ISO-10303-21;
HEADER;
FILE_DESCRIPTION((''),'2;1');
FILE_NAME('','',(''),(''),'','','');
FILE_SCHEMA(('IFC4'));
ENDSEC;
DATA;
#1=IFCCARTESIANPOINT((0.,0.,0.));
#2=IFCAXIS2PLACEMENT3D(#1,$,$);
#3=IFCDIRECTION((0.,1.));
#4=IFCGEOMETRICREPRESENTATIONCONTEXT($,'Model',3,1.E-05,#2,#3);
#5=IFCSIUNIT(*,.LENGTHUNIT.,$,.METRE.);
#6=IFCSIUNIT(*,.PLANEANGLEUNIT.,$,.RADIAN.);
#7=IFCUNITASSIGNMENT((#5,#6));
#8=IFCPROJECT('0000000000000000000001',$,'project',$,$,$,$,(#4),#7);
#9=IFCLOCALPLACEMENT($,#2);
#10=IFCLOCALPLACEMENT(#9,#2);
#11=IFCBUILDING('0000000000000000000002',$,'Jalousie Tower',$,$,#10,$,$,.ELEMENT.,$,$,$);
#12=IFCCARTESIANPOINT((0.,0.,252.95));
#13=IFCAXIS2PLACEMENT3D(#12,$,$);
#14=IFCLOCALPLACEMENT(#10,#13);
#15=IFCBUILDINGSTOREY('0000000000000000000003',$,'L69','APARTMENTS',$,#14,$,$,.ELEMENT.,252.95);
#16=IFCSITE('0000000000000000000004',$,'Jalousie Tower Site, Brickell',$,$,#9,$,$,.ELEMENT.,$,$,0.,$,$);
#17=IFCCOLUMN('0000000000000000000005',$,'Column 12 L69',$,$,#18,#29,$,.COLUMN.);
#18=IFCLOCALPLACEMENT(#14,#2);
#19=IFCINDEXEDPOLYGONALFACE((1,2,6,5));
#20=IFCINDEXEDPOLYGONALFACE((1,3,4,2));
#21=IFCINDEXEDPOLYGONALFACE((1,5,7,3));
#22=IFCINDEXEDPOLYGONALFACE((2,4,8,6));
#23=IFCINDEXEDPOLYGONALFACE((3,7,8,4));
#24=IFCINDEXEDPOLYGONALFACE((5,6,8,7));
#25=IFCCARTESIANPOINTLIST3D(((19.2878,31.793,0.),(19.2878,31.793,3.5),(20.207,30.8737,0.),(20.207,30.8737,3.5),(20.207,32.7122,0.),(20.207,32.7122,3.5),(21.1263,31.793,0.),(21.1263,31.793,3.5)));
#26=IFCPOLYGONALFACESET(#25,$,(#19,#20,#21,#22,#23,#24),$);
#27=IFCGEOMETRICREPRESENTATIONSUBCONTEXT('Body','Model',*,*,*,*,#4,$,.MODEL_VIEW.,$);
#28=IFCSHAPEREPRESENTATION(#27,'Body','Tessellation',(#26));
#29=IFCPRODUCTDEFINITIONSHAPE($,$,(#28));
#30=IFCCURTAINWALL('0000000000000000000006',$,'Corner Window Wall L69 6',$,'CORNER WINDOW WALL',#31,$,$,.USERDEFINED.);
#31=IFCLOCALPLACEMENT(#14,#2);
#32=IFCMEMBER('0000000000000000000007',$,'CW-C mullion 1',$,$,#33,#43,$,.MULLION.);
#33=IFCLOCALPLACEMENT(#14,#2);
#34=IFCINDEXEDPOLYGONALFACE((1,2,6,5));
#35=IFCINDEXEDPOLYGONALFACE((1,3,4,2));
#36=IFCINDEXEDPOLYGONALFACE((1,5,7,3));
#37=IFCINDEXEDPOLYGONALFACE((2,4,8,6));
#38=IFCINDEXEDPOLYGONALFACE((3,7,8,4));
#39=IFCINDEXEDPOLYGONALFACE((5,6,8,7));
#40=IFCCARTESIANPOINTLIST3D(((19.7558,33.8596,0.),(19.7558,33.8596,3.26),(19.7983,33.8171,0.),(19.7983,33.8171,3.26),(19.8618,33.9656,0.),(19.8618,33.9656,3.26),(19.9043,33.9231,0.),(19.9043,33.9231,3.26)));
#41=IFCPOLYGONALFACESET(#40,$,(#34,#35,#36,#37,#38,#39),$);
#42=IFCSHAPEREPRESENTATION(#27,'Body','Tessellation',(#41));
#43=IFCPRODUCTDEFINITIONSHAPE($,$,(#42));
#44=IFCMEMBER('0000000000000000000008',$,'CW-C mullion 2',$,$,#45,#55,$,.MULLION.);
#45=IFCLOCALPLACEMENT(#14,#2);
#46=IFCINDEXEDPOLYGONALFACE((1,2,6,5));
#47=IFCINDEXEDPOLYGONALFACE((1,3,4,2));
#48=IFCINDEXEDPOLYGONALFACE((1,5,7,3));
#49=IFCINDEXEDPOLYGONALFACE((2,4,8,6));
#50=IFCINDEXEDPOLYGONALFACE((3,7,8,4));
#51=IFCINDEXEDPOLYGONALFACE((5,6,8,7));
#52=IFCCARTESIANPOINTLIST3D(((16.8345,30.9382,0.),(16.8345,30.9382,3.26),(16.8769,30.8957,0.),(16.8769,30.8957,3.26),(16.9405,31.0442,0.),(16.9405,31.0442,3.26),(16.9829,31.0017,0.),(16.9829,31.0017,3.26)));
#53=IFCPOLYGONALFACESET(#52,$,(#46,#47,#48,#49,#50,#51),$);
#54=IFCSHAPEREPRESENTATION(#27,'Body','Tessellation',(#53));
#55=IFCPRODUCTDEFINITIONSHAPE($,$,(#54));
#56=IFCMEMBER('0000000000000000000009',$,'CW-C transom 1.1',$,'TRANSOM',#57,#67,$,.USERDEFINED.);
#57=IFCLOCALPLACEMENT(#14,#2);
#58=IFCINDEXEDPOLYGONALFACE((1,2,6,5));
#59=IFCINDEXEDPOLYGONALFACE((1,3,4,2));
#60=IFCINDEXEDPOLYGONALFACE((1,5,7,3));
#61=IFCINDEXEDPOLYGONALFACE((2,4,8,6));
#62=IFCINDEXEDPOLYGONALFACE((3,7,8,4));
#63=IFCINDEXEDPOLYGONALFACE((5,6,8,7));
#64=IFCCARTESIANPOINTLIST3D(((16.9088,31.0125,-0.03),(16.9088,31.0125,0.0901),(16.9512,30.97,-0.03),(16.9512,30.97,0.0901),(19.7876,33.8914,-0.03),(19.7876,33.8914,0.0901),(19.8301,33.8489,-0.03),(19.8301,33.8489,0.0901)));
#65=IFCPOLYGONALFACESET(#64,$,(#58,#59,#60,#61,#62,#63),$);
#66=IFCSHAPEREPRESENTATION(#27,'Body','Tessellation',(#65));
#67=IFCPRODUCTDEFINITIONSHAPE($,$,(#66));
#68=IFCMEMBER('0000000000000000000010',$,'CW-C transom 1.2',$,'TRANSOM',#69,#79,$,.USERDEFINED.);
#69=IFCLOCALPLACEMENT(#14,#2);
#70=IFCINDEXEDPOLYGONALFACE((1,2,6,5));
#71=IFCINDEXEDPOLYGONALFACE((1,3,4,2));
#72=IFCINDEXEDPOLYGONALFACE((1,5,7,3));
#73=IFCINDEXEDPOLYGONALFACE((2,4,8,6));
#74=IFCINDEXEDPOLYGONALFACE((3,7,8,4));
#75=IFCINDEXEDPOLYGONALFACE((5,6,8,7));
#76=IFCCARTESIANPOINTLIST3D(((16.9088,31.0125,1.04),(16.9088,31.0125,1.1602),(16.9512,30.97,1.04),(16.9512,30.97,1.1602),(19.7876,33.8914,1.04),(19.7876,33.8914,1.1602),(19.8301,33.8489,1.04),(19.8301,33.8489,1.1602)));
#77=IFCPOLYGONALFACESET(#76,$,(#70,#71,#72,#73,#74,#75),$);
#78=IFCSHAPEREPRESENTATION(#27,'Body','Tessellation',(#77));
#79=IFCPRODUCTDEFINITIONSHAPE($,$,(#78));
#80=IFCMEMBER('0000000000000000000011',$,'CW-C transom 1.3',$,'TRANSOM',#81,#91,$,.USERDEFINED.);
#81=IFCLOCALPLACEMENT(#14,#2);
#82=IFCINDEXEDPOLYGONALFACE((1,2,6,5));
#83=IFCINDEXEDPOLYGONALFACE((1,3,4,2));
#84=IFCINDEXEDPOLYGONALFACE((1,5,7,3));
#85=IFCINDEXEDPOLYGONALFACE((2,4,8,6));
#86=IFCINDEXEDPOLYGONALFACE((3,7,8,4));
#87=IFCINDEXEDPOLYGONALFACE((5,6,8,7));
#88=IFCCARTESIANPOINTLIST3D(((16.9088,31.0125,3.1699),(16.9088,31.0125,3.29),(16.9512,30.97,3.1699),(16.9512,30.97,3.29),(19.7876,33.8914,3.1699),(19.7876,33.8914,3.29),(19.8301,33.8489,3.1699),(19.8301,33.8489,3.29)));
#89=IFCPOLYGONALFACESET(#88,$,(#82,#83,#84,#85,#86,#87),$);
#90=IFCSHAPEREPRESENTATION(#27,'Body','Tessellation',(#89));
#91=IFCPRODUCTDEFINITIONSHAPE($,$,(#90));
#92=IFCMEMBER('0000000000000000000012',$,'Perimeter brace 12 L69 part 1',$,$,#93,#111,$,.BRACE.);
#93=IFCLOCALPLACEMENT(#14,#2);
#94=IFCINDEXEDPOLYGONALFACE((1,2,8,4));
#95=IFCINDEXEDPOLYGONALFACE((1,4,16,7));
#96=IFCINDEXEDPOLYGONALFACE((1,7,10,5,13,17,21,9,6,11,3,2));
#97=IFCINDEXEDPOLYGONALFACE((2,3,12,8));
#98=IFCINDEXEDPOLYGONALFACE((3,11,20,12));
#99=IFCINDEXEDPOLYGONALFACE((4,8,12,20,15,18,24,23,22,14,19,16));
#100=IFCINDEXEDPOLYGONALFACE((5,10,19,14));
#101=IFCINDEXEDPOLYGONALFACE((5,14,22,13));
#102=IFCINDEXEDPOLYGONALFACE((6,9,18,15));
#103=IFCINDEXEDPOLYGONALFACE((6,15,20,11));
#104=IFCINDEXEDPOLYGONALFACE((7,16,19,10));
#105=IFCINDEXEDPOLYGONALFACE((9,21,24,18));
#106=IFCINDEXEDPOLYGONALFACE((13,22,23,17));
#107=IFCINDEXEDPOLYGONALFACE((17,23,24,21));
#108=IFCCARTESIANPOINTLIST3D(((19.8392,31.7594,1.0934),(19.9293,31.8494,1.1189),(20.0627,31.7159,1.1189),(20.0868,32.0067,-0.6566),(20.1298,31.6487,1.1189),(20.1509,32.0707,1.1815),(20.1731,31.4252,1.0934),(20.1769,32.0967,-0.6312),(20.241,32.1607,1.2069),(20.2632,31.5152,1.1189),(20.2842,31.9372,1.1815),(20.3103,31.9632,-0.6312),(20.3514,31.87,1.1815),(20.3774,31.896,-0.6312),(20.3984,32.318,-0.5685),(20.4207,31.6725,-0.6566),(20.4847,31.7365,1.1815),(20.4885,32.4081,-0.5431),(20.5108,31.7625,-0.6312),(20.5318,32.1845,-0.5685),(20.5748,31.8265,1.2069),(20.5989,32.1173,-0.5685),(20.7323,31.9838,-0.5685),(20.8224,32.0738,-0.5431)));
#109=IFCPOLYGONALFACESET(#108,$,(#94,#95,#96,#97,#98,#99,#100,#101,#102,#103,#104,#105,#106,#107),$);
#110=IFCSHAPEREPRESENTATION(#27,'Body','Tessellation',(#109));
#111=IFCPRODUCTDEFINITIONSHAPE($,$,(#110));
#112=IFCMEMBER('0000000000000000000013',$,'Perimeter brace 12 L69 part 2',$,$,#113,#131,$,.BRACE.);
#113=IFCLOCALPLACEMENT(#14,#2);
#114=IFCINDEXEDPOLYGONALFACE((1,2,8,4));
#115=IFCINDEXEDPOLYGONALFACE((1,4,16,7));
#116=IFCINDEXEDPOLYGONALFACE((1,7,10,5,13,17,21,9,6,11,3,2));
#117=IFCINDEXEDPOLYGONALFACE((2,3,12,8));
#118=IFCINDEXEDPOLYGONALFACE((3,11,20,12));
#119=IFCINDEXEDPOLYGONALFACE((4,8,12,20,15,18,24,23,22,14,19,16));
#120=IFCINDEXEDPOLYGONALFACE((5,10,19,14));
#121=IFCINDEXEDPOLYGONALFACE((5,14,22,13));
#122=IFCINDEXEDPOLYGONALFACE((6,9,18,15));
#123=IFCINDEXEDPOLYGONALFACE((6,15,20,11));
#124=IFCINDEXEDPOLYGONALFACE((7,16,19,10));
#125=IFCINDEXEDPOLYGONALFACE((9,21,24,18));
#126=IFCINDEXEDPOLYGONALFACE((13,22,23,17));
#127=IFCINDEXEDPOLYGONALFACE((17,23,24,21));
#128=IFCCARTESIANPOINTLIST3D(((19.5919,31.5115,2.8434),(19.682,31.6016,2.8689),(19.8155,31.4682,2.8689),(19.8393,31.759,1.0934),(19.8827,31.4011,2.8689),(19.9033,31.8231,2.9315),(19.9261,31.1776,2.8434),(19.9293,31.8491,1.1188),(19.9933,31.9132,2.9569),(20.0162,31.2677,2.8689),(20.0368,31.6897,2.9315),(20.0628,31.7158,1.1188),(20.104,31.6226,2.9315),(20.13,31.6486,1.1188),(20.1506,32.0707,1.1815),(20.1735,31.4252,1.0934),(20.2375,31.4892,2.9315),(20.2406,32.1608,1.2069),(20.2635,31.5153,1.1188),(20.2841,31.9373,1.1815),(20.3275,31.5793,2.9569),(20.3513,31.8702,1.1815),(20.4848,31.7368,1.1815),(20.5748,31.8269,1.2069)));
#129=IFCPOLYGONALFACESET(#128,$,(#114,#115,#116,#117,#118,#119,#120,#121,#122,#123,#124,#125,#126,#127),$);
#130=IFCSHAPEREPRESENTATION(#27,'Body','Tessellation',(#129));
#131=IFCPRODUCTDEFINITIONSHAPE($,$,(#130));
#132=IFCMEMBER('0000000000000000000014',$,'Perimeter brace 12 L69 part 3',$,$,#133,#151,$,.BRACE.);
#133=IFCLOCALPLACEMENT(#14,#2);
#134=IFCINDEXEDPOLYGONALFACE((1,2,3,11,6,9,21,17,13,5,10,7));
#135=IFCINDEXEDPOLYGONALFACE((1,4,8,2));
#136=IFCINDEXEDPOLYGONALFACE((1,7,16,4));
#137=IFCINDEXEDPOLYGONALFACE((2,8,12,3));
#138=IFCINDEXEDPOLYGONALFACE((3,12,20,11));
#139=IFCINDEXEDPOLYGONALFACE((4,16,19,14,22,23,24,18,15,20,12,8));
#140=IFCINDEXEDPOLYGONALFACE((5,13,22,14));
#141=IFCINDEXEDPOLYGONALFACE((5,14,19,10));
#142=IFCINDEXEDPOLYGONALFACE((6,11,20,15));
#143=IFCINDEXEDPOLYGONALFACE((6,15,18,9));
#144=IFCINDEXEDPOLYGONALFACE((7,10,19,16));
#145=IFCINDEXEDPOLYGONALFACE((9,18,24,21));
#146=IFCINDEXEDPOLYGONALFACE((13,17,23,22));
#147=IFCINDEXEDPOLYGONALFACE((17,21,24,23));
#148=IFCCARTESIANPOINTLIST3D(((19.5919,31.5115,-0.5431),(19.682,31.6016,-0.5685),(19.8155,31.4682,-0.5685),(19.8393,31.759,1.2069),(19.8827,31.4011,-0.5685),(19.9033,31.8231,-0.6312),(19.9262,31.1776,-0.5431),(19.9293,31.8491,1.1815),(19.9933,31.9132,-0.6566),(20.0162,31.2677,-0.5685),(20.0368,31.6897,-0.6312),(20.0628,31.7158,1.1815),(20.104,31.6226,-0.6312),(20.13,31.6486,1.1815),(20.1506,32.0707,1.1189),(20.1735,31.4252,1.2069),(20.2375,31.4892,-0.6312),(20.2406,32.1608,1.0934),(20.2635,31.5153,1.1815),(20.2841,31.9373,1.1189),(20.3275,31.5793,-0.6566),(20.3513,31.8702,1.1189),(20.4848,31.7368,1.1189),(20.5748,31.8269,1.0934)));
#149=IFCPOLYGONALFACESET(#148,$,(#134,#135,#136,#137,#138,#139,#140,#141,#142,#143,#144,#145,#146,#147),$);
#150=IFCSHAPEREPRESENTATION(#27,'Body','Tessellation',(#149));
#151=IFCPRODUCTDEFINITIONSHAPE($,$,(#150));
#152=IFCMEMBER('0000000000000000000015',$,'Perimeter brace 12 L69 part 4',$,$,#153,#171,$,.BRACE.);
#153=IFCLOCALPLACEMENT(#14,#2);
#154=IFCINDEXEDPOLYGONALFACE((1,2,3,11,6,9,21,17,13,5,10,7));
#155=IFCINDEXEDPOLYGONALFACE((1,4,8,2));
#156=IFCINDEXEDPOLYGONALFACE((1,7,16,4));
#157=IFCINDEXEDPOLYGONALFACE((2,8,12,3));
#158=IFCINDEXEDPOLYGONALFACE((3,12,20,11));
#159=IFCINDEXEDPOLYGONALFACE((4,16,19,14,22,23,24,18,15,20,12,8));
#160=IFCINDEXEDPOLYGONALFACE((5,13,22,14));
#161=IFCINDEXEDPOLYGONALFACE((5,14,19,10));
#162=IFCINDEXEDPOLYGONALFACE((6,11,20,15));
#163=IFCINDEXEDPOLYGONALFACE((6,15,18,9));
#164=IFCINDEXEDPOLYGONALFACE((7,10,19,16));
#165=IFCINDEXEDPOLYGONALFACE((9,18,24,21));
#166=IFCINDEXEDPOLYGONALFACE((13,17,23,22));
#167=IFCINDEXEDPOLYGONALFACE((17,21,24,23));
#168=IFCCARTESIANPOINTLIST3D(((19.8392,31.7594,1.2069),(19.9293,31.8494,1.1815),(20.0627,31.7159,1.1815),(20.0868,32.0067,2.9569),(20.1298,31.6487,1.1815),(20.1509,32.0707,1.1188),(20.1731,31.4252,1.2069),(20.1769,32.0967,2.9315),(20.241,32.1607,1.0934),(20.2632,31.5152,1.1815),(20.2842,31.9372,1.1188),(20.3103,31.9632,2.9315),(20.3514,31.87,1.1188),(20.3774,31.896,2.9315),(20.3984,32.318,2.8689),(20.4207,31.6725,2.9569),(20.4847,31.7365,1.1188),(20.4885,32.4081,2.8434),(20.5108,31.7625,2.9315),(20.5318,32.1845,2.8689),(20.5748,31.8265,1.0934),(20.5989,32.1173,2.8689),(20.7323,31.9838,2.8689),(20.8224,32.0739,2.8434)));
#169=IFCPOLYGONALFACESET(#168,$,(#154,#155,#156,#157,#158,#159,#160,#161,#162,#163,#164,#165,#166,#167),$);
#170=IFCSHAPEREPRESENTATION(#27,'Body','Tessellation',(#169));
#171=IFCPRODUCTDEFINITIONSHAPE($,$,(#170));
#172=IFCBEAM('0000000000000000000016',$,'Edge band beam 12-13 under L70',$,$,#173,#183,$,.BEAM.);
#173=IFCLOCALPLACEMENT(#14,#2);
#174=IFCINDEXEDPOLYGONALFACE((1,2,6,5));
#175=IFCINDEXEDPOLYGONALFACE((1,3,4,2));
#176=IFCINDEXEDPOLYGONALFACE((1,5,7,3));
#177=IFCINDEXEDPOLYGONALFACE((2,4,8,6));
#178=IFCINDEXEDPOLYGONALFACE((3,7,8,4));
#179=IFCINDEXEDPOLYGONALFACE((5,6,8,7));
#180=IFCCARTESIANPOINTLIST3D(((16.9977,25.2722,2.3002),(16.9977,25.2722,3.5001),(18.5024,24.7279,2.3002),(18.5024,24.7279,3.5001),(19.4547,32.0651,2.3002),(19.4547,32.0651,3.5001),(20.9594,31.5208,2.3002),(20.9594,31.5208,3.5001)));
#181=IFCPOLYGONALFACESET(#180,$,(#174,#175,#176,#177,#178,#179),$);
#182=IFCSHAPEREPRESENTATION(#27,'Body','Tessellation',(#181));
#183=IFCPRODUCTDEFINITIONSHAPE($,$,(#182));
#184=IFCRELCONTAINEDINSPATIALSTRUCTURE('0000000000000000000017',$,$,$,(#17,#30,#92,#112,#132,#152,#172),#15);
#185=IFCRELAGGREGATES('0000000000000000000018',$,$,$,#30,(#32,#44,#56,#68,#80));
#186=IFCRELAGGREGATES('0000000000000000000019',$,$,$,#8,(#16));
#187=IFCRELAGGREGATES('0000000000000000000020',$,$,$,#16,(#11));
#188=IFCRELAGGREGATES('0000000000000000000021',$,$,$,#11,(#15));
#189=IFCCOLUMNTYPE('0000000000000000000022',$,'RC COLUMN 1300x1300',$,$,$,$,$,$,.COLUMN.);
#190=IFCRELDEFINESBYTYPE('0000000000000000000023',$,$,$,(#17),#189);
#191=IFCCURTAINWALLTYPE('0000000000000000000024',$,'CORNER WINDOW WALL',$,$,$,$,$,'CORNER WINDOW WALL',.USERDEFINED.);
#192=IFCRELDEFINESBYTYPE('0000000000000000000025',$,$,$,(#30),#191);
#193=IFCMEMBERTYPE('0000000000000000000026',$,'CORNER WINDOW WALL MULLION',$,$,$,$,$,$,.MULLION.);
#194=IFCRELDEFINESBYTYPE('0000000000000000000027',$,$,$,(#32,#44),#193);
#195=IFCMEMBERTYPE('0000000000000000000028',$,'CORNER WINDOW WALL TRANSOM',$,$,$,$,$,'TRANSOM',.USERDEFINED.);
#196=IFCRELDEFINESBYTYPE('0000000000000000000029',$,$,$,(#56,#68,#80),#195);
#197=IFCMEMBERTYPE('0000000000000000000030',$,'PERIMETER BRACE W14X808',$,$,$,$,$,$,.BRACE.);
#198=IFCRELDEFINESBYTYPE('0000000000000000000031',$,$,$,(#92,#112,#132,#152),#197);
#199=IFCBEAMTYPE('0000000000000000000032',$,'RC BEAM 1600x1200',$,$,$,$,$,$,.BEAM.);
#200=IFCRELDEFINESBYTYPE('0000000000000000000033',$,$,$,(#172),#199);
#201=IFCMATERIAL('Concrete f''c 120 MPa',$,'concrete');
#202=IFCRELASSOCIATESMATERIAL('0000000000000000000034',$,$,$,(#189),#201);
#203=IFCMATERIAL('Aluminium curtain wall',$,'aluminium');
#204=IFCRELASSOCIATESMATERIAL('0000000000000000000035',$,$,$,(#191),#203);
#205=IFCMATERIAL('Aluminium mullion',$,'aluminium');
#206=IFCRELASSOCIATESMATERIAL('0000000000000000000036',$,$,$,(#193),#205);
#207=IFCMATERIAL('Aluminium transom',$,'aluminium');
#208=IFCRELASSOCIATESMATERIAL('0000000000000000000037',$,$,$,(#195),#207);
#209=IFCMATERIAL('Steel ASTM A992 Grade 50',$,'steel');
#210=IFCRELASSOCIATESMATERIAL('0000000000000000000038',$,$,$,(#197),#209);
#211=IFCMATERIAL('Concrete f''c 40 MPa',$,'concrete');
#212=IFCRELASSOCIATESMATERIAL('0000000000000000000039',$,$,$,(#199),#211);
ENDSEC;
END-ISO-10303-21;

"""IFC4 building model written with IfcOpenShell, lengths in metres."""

from ifc_helpers import new_model, si_unit, direction, frame, origin, origin_2d, place, context, subcontext, project, spatial, rectangle, i_section, extrude, material, material_profile, profile_set, type_object, element, aggregate, save


model = new_model("IFC4")

# Units and contexts
model_context = context("Model", 3, precision=1e-05, world=origin(), true_north=direction((0.0, 1.0)))
body_context = subcontext(model_context, "Body", "Model", "MODEL_VIEW")
ifc_project = project(units=[si_unit("LENGTHUNIT", "METRE"), si_unit("PLANEANGLEUNIT", "RADIAN")], contexts=[model_context])

# Site, building, storey
site_placement = place(None, origin())
site = spatial("IfcSite", under=ifc_project, at=site_placement, Name="Jalousie Tower Site, Brickell", CompositionType="ELEMENT", RefElevation=0.0)
building_placement = place(site_placement, origin())
building = spatial("IfcBuilding", under=site, at=building_placement, Name="Jalousie Tower", CompositionType="ELEMENT")
storey_placement = place(building_placement, frame((0.0, 0.0, 252.95)))
storey = spatial("IfcBuildingStorey", under=building, at=storey_placement, Name="L69", Description="APARTMENTS", CompositionType="ELEMENT", Elevation=252.95)

# Column
ifc_material_1 = material(Name="Concrete f'c 120 MPa", Category="concrete")
ifc_material_profile_1 = material_profile(ifc_material_1, rectangle(XDim=1.3, YDim=1.3, at=origin_2d()), Name="RC 1300x1300")
ifc_profile_set_1 = profile_set([ifc_material_profile_1], Name="Concrete f'c 120 MPa")
column_type = type_object("IfcColumnType", Name="RC COLUMN 1300x1300", PredefinedType="COLUMN", material=ifc_profile_set_1)
column_placement = place(storey_placement, frame((20.207, 31.793, 0.0), z_axis=(0.0, 0.0, 1.0), x_axis=(0.707107, 0.707107, 0.0)))
element("IfcColumn", 1, at=column_placement, inside=storey, type_object=column_type, Name="Column 12 L69", PredefinedType="COLUMN", context=body_context, shape_type="SweptSolid", body=[
    extrude(rectangle(XDim=1.3, YDim=1.3, at=origin_2d()), origin(), (0.0, 0.0, 1.0), 3.5),
])

# Curtain wall, members
ifc_material_2 = material(Name="Aluminium curtain wall", Category="aluminium")
curtain_wall_type_1 = type_object("IfcCurtainWallType", Name="CORNER WINDOW WALL", ElementType="CORNER WINDOW WALL", PredefinedType="USERDEFINED", material=ifc_material_2)
curtain_wall_1_placement = place(storey_placement, origin())
curtain_wall_1 = element("IfcCurtainWall", 2, at=curtain_wall_1_placement, inside=storey, type_object=curtain_wall_type_1, Name="Corner Window Wall L69 6", ObjectType="CORNER WINDOW WALL", PredefinedType="USERDEFINED")
ifc_material_3 = material(Name="Aluminium mullion", Category="aluminium")
ifc_material_profile_2 = material_profile(ifc_material_3, rectangle(XDim=0.0601, YDim=0.1499, at=origin_2d()), Name="MULLION 60x150")
ifc_profile_set_2 = profile_set([ifc_material_profile_2], Name="Aluminium mullion")
member_type_1 = type_object("IfcMemberType", Name="CORNER WINDOW WALL MULLION", PredefinedType="MULLION", material=ifc_profile_set_2)
member_1_placement = place(storey_placement, frame((19.8301, 33.8914, 0.0), z_axis=(0.0, 0.0, 1.0), x_axis=(0.707107, -0.707107, 0.0)))
member_1 = element("IfcMember", 3, at=member_1_placement, type_object=member_type_1, Name="CW-C mullion 1", PredefinedType="MULLION", context=body_context, shape_type="SweptSolid", body=[
    extrude(rectangle(XDim=0.0601, YDim=0.1499, at=origin_2d()), origin(), (0.0, 0.0, 1.0), 3.26),
])
member_2_placement = place(storey_placement, frame((16.9087, 30.97, 0.0), z_axis=(0.0, 0.0, 1.0), x_axis=(0.707107, -0.707107, 0.0)))
member_2 = element("IfcMember", 4, at=member_2_placement, type_object=member_type_1, Name="CW-C mullion 2", PredefinedType="MULLION", context=body_context, shape_type="SweptSolid", body=[
    extrude(rectangle(XDim=0.0601, YDim=0.1499, at=origin_2d()), origin(), (0.0, 0.0, 1.0), 3.26),
])
ifc_material_4 = material(Name="Aluminium transom", Category="aluminium")
ifc_material_profile_3 = material_profile(ifc_material_4, rectangle(XDim=0.0601, YDim=0.1201, at=origin_2d()), Name="TRANSOM 60x120")
ifc_profile_set_3 = profile_set([ifc_material_profile_3], Name="Aluminium transom")
member_type_2 = type_object("IfcMemberType", Name="CORNER WINDOW WALL TRANSOM", ElementType="TRANSOM", PredefinedType="USERDEFINED", material=ifc_profile_set_3)
member_3_placement = place(storey_placement, frame((19.8088, 33.8701, 0.03), z_axis=(-0.707107, -0.707107, 0.0), x_axis=(0.707107, -0.707107, 0.0)))
member_3 = element("IfcMember", 5, at=member_3_placement, type_object=member_type_2, Name="CW-C transom 1.1", ObjectType="TRANSOM", PredefinedType="USERDEFINED", context=body_context, shape_type="SweptSolid", body=[
    extrude(rectangle(XDim=0.0601, YDim=0.1201, at=origin_2d()), origin(), (0.0, 0.0, 1.0), 4.0713),
])
member_4_placement = place(storey_placement, frame((19.8088, 33.8701, 1.1001), z_axis=(-0.707107, -0.707107, 0.0), x_axis=(0.707107, -0.707107, 0.0)))
member_4 = element("IfcMember", 6, at=member_4_placement, type_object=member_type_2, Name="CW-C transom 1.2", ObjectType="TRANSOM", PredefinedType="USERDEFINED", context=body_context, shape_type="SweptSolid", body=[
    extrude(rectangle(XDim=0.0601, YDim=0.1201, at=origin_2d()), origin(), (0.0, 0.0, 1.0), 4.0713),
])
member_5_placement = place(storey_placement, frame((19.8088, 33.8701, 3.23), z_axis=(-0.707107, -0.707107, 0.0), x_axis=(0.707107, -0.707107, 0.0)))
member_5 = element("IfcMember", 7, at=member_5_placement, type_object=member_type_2, Name="CW-C transom 1.3", ObjectType="TRANSOM", PredefinedType="USERDEFINED", context=body_context, shape_type="SweptSolid", body=[
    extrude(rectangle(XDim=0.0601, YDim=0.1201, at=origin_2d()), origin(), (0.0, 0.0, 1.0), 4.0713),
])

# Members
ifc_material_5 = material(Name="Steel ASTM A992 Grade 50", Category="steel")
ifc_material_profile_4 = material_profile(ifc_material_5, i_section(OverallWidth=0.4724, OverallDepth=0.5791, WebThickness=0.095, FlangeThickness=0.1299, at=origin_2d()), Name="W14X808")
ifc_profile_set_4 = profile_set([ifc_material_profile_4], Name="Steel ASTM A992 Grade 50")
member_type_3 = type_object("IfcMemberType", Name="PERIMETER BRACE W14X808", PredefinedType="BRACE", material=ifc_profile_set_4)
for number, where, z_axis, x_axis, name in (
    (8, (20.4546, 32.0403, -0.5999), (-0.138716, -0.138579, 0.980588), (0.706758, -0.707456, 0.0), "Perimeter brace 12 L69 part 1"),
    (9, (20.207, 31.793, 1.1501), (-0.138579, -0.138716, 0.980588), (0.707456, -0.706758, 0.0), "Perimeter brace 12 L69 part 2"),
    (10, (19.9597, 31.5454, -0.5999), (0.138579, 0.138716, 0.980588), (-0.707456, 0.706758, 0.0), "Perimeter brace 12 L69 part 3"),
    (11, (20.207, 31.793, 1.1501), (0.138716, 0.138579, 0.980588), (-0.706758, 0.707456, 0.0), "Perimeter brace 12 L69 part 4"),
):
    element("IfcMember", number, at=place(storey_placement, frame(where, z_axis=z_axis, x_axis=x_axis)), inside=storey, type_object=member_type_3, Name=name, PredefinedType="BRACE", context=body_context, shape_type="SweptSolid", body=[
        extrude(i_section(OverallWidth=0.4724, OverallDepth=0.5791, WebThickness=0.095, FlangeThickness=0.1299, at=origin_2d()), origin(), (0.0, 0.0, 1.0), 1.7847),
    ])

# Beam
ifc_material_6 = material(Name="Concrete f'c 40 MPa", Category="concrete")
ifc_material_profile_5 = material_profile(ifc_material_6, rectangle(XDim=1.6001, YDim=1.2, at=origin_2d()), Name="RC 1600x1200")
ifc_profile_set_5 = profile_set([ifc_material_profile_5], Name="Concrete f'c 40 MPa")
beam_type = type_object("IfcBeamType", Name="RC BEAM 1600x1200", PredefinedType="BEAM", material=ifc_profile_set_5)
beam_placement = place(storey_placement, frame((20.207, 31.793, 2.9001), z_axis=(-0.340136, -0.940376, 0.0), x_axis=(0.940376, -0.340136, 0.0)))
element("IfcBeam", 12, at=beam_placement, inside=storey, type_object=beam_type, Name="Edge band beam 12-13 under L70", PredefinedType="BEAM", context=body_context, shape_type="SweptSolid", body=[
    extrude(rectangle(XDim=1.6001, YDim=1.2, at=origin_2d()), origin(), (0.0, 0.0, 1.0), 7.2236),
])

aggregate(curtain_wall_1, [member_1, member_2, member_3, member_4, member_5])

save(model, "model.ifc")
